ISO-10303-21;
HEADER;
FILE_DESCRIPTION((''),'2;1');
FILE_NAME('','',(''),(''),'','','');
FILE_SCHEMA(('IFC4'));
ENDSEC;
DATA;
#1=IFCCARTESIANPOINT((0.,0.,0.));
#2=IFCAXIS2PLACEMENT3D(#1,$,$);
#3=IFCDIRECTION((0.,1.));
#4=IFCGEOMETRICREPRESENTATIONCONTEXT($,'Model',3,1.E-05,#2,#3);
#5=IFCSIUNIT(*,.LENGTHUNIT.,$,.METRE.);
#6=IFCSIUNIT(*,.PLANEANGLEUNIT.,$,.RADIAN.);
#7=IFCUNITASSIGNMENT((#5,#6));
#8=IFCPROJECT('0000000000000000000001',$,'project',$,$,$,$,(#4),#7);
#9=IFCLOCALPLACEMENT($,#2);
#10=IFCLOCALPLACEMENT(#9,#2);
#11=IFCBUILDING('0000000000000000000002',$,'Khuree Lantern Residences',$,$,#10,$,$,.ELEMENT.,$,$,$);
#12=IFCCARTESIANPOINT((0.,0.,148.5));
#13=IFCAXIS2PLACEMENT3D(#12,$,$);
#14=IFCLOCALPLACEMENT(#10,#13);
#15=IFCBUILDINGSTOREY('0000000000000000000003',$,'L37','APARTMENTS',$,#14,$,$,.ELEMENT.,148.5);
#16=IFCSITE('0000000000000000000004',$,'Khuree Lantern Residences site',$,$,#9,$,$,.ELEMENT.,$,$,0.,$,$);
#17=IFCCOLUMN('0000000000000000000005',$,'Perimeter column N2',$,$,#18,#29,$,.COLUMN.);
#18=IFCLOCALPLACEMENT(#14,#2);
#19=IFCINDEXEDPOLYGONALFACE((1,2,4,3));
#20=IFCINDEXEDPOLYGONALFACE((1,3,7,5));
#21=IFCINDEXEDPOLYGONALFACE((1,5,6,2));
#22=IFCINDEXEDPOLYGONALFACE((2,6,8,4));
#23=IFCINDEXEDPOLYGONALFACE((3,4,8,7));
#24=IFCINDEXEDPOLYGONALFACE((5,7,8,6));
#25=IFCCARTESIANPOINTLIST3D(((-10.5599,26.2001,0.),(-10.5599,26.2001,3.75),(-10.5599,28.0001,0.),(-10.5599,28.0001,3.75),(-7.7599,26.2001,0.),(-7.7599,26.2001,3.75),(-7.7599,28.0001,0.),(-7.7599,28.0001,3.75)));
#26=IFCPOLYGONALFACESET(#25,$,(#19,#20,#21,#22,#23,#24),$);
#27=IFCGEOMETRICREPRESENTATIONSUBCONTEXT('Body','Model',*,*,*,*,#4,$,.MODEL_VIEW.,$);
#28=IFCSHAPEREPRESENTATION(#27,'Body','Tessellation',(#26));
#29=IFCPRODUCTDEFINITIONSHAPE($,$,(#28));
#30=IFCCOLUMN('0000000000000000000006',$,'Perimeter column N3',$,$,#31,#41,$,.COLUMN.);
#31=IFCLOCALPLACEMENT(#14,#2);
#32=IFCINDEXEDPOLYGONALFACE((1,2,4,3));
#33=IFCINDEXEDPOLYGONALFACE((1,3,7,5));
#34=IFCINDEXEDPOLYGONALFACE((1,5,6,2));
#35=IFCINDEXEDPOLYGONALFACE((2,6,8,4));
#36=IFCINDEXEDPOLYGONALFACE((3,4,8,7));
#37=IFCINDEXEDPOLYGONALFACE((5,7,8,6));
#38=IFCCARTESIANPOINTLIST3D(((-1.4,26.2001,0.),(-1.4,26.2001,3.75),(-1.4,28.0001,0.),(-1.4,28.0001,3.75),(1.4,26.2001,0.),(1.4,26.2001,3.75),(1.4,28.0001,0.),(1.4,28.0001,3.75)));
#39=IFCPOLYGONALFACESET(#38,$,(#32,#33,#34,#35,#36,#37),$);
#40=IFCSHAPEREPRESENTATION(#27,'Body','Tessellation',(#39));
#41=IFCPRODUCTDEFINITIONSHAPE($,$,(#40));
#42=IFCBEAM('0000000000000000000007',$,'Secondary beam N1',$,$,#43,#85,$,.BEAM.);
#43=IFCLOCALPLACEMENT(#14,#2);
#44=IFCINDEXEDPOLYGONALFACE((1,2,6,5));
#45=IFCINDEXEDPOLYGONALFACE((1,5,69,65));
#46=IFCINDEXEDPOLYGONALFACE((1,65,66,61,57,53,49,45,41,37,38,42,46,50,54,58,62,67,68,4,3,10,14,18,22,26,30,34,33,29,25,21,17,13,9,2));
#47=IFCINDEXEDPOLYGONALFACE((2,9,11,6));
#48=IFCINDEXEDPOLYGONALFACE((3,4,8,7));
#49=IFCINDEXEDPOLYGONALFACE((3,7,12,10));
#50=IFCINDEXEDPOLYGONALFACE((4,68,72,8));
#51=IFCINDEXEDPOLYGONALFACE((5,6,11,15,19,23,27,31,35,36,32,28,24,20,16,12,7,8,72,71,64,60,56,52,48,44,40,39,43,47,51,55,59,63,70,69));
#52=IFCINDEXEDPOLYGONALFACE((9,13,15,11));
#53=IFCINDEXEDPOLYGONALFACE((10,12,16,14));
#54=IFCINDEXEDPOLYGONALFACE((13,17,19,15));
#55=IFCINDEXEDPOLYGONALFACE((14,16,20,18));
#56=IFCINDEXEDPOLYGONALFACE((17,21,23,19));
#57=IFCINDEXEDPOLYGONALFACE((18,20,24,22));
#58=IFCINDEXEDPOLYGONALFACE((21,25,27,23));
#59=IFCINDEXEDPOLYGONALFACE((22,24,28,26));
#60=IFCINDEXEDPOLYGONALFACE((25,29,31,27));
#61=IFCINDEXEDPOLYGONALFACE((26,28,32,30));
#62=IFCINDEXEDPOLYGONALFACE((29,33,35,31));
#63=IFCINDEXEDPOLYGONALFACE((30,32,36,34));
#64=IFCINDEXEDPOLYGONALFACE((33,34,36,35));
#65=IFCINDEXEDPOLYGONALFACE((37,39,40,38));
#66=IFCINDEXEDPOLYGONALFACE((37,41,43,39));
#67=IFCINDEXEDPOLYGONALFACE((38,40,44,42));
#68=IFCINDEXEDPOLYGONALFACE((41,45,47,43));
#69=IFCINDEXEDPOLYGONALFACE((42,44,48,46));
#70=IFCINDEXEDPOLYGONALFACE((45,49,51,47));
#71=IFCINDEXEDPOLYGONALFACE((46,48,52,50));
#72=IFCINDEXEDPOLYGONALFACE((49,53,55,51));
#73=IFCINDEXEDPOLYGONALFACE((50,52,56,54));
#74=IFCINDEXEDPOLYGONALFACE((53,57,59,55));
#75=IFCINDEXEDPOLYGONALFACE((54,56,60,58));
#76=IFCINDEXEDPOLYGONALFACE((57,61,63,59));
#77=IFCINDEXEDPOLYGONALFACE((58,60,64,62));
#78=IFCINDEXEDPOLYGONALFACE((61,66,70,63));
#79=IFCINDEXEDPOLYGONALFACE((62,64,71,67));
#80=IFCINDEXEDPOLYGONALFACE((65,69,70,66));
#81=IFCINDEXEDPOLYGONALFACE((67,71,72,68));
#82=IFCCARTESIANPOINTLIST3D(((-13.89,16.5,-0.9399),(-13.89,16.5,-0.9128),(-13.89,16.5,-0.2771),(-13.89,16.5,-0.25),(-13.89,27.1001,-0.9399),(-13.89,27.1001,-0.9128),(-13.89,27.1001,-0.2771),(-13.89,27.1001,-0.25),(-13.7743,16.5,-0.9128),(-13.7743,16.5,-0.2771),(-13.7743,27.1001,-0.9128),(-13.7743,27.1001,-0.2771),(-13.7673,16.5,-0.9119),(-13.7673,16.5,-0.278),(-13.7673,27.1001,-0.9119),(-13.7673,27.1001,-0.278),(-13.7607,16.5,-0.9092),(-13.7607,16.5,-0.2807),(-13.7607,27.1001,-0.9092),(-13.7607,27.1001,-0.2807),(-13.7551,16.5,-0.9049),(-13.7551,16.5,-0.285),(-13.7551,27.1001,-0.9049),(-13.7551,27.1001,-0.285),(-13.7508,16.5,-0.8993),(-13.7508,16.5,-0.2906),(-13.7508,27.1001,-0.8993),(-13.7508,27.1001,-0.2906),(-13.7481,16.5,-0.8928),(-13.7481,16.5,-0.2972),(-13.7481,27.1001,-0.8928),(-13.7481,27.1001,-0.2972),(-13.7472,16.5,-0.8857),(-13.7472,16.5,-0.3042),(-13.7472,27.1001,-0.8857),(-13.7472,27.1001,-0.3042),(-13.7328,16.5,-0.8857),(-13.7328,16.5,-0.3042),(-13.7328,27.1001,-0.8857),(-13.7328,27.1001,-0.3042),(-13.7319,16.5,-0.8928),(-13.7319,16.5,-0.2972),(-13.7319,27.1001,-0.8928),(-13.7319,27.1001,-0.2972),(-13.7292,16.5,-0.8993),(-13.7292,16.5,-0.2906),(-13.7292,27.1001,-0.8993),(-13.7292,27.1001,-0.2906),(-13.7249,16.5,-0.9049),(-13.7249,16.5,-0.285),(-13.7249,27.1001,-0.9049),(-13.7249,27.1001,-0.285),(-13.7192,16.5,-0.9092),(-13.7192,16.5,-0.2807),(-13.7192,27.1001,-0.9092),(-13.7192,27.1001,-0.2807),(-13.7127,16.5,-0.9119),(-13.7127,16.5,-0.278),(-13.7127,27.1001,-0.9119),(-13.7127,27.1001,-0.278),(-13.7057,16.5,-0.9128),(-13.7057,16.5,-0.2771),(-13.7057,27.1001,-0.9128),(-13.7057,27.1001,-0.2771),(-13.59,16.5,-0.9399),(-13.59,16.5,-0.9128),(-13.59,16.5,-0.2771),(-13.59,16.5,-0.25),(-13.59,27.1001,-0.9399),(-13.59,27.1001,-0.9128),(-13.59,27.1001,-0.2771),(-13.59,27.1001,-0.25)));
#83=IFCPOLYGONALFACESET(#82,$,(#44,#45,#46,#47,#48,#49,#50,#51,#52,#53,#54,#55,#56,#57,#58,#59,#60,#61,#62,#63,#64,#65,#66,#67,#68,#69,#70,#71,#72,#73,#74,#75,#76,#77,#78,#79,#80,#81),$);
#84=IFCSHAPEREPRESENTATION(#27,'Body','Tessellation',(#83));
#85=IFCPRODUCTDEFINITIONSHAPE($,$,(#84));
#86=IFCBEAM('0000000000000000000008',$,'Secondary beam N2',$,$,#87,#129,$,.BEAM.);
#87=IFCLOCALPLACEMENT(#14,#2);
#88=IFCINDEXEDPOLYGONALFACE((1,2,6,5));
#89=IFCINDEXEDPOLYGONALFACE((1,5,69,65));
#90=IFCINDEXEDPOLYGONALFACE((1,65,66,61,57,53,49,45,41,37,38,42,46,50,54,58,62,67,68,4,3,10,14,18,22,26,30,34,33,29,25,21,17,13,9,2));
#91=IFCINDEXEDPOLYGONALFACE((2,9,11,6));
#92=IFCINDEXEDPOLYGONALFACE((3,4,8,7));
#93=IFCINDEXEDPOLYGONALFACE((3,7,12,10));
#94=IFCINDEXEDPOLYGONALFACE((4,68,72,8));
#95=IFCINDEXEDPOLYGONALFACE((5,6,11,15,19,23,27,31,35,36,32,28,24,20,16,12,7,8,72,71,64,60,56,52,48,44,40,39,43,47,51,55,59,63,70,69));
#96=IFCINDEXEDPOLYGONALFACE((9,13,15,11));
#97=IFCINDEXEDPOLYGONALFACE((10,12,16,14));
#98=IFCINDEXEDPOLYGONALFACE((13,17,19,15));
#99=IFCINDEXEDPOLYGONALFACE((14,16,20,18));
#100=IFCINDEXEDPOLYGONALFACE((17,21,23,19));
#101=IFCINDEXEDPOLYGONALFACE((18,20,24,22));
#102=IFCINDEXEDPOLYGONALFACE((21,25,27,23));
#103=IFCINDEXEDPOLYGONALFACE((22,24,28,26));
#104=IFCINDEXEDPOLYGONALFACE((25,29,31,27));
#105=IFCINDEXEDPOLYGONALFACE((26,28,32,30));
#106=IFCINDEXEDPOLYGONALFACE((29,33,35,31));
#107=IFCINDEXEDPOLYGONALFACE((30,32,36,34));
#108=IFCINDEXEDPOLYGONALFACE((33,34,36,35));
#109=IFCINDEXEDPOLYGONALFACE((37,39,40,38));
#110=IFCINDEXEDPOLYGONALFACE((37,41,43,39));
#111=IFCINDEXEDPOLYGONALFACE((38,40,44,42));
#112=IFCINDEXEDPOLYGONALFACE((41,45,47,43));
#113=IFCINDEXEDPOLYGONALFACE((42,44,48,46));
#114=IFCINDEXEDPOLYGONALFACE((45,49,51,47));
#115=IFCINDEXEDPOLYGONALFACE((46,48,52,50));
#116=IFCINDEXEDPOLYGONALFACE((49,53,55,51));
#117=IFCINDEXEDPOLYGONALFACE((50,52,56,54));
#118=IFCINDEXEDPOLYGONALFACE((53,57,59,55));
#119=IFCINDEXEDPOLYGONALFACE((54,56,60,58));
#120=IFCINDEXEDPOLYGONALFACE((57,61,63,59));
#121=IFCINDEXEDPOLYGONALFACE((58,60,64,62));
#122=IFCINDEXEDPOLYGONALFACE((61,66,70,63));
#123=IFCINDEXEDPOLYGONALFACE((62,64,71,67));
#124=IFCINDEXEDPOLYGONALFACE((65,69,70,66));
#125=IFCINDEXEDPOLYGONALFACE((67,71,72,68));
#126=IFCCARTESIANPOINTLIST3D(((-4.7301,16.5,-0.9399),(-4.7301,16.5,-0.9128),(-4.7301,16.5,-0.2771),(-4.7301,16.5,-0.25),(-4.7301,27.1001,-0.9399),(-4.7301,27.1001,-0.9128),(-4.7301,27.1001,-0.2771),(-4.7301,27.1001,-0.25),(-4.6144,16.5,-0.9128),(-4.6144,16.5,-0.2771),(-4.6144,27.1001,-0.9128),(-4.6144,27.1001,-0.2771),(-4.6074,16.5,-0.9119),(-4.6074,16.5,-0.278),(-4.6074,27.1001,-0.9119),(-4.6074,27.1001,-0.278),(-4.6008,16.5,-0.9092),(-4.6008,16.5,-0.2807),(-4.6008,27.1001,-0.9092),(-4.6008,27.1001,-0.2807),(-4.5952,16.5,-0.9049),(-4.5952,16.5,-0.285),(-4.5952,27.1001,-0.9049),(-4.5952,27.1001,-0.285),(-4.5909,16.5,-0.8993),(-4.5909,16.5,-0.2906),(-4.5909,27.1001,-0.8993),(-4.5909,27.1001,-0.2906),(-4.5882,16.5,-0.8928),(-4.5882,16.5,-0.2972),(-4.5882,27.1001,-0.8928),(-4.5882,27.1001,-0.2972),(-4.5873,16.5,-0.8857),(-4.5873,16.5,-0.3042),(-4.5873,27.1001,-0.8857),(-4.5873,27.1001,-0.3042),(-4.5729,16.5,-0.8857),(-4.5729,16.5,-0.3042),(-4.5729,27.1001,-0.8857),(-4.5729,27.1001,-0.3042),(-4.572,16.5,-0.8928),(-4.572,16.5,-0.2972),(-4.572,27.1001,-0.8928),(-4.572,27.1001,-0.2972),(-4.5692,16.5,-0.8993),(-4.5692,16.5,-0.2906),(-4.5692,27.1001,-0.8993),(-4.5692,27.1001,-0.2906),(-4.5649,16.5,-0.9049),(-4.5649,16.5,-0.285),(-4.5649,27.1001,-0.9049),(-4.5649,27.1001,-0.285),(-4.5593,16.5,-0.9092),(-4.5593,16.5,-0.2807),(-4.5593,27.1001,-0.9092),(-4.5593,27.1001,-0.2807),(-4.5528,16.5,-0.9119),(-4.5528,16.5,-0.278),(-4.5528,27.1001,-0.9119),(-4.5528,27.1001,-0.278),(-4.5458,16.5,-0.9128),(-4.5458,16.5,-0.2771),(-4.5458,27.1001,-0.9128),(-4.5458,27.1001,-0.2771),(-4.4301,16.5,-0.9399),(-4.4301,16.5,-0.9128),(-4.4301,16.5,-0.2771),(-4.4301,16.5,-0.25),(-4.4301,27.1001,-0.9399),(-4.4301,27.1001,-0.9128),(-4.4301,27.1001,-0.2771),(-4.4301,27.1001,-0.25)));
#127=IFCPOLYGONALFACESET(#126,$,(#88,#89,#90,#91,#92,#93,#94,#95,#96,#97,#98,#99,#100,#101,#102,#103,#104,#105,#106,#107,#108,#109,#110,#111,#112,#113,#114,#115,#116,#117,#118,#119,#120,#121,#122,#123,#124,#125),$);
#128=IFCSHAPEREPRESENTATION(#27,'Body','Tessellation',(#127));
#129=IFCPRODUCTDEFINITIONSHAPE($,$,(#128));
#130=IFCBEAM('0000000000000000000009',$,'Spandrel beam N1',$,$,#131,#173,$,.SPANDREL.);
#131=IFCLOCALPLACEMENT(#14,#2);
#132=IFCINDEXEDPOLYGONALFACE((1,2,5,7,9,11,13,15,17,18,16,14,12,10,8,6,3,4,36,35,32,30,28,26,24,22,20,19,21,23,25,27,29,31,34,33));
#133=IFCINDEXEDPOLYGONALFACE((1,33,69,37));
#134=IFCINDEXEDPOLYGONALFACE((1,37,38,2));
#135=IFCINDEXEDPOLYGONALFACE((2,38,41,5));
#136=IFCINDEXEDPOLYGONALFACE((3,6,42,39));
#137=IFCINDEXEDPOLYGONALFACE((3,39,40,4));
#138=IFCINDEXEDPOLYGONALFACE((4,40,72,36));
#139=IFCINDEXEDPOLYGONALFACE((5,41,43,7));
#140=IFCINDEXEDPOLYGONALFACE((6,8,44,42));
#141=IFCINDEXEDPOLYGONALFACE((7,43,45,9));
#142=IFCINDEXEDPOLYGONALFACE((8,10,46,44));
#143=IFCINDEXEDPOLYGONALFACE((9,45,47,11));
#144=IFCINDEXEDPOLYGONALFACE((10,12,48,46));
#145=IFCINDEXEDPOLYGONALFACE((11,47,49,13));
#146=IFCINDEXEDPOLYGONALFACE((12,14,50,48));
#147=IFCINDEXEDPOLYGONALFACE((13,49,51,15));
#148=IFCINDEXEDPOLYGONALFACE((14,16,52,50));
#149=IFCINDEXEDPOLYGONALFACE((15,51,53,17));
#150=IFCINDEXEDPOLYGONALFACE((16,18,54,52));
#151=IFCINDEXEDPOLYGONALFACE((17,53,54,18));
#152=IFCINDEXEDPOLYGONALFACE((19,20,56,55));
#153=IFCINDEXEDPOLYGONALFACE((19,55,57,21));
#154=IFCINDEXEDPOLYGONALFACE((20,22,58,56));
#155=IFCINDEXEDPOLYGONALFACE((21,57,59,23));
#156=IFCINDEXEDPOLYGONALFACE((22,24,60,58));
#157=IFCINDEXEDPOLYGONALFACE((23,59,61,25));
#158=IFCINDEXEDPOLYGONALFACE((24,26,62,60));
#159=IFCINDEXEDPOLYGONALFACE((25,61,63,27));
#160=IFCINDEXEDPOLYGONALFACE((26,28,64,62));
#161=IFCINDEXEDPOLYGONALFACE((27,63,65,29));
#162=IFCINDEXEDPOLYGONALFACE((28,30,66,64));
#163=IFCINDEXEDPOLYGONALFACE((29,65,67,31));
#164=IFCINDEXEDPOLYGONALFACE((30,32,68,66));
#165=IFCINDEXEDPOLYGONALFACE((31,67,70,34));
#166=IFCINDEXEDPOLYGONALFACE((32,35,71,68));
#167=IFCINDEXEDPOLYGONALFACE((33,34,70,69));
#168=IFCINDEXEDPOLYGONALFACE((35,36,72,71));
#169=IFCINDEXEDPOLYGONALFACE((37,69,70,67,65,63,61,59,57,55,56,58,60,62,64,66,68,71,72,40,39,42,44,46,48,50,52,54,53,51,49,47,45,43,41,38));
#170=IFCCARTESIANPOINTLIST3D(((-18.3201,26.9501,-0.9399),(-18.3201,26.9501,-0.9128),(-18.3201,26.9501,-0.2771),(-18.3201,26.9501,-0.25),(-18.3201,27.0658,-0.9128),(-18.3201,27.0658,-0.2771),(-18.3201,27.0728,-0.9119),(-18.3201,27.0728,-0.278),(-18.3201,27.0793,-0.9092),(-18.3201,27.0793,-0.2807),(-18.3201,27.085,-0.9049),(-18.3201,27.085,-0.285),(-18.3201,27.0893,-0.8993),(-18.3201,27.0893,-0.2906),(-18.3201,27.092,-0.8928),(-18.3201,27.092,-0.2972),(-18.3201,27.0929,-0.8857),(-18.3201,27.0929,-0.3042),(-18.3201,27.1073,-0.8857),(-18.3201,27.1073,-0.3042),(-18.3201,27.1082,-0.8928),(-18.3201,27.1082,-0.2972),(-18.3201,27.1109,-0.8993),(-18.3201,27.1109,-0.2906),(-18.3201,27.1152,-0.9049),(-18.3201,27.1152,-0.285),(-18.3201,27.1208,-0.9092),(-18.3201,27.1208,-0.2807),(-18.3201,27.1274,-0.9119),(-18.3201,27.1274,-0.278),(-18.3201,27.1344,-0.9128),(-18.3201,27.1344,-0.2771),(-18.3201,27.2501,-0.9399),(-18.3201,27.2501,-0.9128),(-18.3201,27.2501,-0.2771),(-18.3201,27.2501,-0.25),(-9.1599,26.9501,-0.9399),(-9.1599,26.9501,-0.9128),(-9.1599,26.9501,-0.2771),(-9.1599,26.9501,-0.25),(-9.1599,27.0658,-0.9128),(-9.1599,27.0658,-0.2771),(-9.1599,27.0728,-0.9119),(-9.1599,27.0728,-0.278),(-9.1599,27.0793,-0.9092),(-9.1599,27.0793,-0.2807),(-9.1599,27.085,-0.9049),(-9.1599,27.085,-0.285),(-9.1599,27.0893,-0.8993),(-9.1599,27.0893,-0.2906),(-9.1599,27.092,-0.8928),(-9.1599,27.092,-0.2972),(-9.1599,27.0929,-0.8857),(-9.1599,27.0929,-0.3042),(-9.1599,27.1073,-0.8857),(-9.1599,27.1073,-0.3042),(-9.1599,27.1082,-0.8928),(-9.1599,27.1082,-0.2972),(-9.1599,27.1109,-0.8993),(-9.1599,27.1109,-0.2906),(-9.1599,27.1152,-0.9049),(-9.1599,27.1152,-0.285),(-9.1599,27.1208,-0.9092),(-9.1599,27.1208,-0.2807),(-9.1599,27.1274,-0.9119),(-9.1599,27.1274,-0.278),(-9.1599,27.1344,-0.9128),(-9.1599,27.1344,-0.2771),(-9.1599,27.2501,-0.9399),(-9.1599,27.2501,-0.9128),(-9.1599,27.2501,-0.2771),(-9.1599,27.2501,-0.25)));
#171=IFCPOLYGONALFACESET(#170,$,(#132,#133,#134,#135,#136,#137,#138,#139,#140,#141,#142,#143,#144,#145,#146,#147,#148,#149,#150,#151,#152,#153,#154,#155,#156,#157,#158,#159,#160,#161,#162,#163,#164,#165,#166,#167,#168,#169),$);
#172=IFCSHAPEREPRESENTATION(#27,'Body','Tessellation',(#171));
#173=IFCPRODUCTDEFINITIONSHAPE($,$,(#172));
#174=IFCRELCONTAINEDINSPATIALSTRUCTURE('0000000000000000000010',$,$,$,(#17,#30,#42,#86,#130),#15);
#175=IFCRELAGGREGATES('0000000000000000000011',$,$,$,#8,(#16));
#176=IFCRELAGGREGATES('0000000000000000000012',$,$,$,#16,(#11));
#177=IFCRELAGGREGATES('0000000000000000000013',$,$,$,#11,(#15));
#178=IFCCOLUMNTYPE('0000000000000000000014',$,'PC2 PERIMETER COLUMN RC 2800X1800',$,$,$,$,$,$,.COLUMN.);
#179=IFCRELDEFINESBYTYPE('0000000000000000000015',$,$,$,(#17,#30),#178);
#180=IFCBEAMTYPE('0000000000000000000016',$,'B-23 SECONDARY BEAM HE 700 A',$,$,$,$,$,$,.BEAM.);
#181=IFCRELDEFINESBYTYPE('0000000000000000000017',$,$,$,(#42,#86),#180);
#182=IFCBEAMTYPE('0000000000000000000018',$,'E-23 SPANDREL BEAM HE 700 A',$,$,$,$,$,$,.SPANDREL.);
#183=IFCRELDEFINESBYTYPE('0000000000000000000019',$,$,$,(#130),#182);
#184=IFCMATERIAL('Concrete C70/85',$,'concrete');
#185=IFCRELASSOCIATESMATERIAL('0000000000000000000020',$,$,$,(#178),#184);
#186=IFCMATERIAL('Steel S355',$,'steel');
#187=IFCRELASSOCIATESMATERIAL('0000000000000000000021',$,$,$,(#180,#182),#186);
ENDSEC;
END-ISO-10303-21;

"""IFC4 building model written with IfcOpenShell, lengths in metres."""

from ifc_helpers import new_model, si_unit, direction, frame, origin, origin_2d, place, context, subcontext, project, spatial, rectangle, i_section, extrude, material, material_profile, profile_set, type_object, element, save


model = new_model("IFC4")

# Units and contexts
model_context = context("Model", 3, precision=1e-05, world=origin(), true_north=direction((0.0, 1.0)))
body_context = subcontext(model_context, "Body", "Model", "MODEL_VIEW")
ifc_project = project(units=[si_unit("LENGTHUNIT", "METRE"), si_unit("PLANEANGLEUNIT", "RADIAN")], contexts=[model_context])

# Site, building, storey
site_placement = place(None, origin())
site = spatial("IfcSite", under=ifc_project, at=site_placement, Name="Khuree Lantern Residences site", CompositionType="ELEMENT", RefElevation=0.0)
building_placement = place(site_placement, origin())
building = spatial("IfcBuilding", under=site, at=building_placement, Name="Khuree Lantern Residences", CompositionType="ELEMENT")
storey_placement = place(building_placement, frame((0.0, 0.0, 148.5)))
storey = spatial("IfcBuildingStorey", under=building, at=storey_placement, Name="L37", Description="APARTMENTS", CompositionType="ELEMENT", Elevation=148.5)

# Columns
ifc_material_1 = material(Name="Concrete C70/85", Category="concrete")
ifc_material_profile_1 = material_profile(ifc_material_1, rectangle(XDim=2.8, YDim=1.8, at=origin_2d()), Name="RC 2800X1800")
ifc_profile_set_1 = profile_set([ifc_material_profile_1], Name="Concrete C70/85")
column_type = type_object("IfcColumnType", Name="PC2 PERIMETER COLUMN RC 2800X1800", PredefinedType="COLUMN", material=ifc_profile_set_1)
for number, where, z_axis, x_axis, name in (
    (1, (-9.1599, 27.1001, 0.0), (0.0, 0.0, 1.0), (1.0, 0.0, 0.0), "Perimeter column N2"),
    (2, (0.0, 27.1001, 0.0), (0.0, 0.0, 1.0), (1.0, 0.0, 0.0), "Perimeter column N3"),
):
    element("IfcColumn", number, at=place(storey_placement, frame(where, z_axis=z_axis, x_axis=x_axis)), inside=storey, type_object=column_type, Name=name, PredefinedType="COLUMN", context=body_context, shape_type="SweptSolid", body=[
        extrude(rectangle(XDim=2.8, YDim=1.8, at=origin_2d()), origin(), (0.0, 0.0, 1.0), 3.75),
    ])

# Beams
ifc_material_2 = material(Name="Steel S355", Category="steel")
ifc_material_profile_2 = material_profile(ifc_material_2, i_section(OverallWidth=0.3, OverallDepth=0.6899, WebThickness=0.0144, FlangeThickness=0.0271, FilletRadius=0.0271, at=origin_2d()), Name="HE 700 A")
ifc_profile_set_2 = profile_set([ifc_material_profile_2], Name="Steel S355")
beam_type_1 = type_object("IfcBeamType", Name="B-23 SECONDARY BEAM HE 700 A", PredefinedType="BEAM", material=ifc_profile_set_2)
for number, where, z_axis, x_axis, name in (
    (3, (-13.74, 27.1001, -0.595), (0.0, -1.0, 0.0), (1.0, 0.0, 0.0), "Secondary beam N1"),
    (4, (-4.5801, 27.1001, -0.595), (0.0, -1.0, 0.0), (1.0, 0.0, 0.0), "Secondary beam N2"),
):
    element("IfcBeam", number, at=place(storey_placement, frame(where, z_axis=z_axis, x_axis=x_axis)), inside=storey, type_object=beam_type_1, Name=name, PredefinedType="BEAM", context=body_context, shape_type="SweptSolid", body=[
        extrude(i_section(OverallWidth=0.3, OverallDepth=0.6899, WebThickness=0.0144, FlangeThickness=0.0271, FilletRadius=0.0271, at=origin_2d()), origin(), (0.0, 0.0, 1.0), 10.6001),
    ])
ifc_material_profile_3 = material_profile(ifc_material_2, i_section(OverallWidth=0.3, OverallDepth=0.6899, WebThickness=0.0144, FlangeThickness=0.0271, FilletRadius=0.0271, at=origin_2d()), Name="HE 700 A")
ifc_profile_set_3 = profile_set([ifc_material_profile_3], Name="Steel S355")
beam_type_2 = type_object("IfcBeamType", Name="E-23 SPANDREL BEAM HE 700 A", PredefinedType="SPANDREL", material=ifc_profile_set_3)
beam_1_placement = place(storey_placement, frame((-18.3201, 27.1001, -0.595), z_axis=(1.0, 0.0, 0.0), x_axis=(0.0, 1.0, 0.0)))
element("IfcBeam", 5, at=beam_1_placement, inside=storey, type_object=beam_type_2, Name="Spandrel beam N1", PredefinedType="SPANDREL", context=body_context, shape_type="SweptSolid", body=[
    extrude(i_section(OverallWidth=0.3, OverallDepth=0.6899, WebThickness=0.0144, FlangeThickness=0.0271, FilletRadius=0.0271, at=origin_2d()), origin(), (0.0, 0.0, 1.0), 9.1602),
])

save(model, "model.ifc")
